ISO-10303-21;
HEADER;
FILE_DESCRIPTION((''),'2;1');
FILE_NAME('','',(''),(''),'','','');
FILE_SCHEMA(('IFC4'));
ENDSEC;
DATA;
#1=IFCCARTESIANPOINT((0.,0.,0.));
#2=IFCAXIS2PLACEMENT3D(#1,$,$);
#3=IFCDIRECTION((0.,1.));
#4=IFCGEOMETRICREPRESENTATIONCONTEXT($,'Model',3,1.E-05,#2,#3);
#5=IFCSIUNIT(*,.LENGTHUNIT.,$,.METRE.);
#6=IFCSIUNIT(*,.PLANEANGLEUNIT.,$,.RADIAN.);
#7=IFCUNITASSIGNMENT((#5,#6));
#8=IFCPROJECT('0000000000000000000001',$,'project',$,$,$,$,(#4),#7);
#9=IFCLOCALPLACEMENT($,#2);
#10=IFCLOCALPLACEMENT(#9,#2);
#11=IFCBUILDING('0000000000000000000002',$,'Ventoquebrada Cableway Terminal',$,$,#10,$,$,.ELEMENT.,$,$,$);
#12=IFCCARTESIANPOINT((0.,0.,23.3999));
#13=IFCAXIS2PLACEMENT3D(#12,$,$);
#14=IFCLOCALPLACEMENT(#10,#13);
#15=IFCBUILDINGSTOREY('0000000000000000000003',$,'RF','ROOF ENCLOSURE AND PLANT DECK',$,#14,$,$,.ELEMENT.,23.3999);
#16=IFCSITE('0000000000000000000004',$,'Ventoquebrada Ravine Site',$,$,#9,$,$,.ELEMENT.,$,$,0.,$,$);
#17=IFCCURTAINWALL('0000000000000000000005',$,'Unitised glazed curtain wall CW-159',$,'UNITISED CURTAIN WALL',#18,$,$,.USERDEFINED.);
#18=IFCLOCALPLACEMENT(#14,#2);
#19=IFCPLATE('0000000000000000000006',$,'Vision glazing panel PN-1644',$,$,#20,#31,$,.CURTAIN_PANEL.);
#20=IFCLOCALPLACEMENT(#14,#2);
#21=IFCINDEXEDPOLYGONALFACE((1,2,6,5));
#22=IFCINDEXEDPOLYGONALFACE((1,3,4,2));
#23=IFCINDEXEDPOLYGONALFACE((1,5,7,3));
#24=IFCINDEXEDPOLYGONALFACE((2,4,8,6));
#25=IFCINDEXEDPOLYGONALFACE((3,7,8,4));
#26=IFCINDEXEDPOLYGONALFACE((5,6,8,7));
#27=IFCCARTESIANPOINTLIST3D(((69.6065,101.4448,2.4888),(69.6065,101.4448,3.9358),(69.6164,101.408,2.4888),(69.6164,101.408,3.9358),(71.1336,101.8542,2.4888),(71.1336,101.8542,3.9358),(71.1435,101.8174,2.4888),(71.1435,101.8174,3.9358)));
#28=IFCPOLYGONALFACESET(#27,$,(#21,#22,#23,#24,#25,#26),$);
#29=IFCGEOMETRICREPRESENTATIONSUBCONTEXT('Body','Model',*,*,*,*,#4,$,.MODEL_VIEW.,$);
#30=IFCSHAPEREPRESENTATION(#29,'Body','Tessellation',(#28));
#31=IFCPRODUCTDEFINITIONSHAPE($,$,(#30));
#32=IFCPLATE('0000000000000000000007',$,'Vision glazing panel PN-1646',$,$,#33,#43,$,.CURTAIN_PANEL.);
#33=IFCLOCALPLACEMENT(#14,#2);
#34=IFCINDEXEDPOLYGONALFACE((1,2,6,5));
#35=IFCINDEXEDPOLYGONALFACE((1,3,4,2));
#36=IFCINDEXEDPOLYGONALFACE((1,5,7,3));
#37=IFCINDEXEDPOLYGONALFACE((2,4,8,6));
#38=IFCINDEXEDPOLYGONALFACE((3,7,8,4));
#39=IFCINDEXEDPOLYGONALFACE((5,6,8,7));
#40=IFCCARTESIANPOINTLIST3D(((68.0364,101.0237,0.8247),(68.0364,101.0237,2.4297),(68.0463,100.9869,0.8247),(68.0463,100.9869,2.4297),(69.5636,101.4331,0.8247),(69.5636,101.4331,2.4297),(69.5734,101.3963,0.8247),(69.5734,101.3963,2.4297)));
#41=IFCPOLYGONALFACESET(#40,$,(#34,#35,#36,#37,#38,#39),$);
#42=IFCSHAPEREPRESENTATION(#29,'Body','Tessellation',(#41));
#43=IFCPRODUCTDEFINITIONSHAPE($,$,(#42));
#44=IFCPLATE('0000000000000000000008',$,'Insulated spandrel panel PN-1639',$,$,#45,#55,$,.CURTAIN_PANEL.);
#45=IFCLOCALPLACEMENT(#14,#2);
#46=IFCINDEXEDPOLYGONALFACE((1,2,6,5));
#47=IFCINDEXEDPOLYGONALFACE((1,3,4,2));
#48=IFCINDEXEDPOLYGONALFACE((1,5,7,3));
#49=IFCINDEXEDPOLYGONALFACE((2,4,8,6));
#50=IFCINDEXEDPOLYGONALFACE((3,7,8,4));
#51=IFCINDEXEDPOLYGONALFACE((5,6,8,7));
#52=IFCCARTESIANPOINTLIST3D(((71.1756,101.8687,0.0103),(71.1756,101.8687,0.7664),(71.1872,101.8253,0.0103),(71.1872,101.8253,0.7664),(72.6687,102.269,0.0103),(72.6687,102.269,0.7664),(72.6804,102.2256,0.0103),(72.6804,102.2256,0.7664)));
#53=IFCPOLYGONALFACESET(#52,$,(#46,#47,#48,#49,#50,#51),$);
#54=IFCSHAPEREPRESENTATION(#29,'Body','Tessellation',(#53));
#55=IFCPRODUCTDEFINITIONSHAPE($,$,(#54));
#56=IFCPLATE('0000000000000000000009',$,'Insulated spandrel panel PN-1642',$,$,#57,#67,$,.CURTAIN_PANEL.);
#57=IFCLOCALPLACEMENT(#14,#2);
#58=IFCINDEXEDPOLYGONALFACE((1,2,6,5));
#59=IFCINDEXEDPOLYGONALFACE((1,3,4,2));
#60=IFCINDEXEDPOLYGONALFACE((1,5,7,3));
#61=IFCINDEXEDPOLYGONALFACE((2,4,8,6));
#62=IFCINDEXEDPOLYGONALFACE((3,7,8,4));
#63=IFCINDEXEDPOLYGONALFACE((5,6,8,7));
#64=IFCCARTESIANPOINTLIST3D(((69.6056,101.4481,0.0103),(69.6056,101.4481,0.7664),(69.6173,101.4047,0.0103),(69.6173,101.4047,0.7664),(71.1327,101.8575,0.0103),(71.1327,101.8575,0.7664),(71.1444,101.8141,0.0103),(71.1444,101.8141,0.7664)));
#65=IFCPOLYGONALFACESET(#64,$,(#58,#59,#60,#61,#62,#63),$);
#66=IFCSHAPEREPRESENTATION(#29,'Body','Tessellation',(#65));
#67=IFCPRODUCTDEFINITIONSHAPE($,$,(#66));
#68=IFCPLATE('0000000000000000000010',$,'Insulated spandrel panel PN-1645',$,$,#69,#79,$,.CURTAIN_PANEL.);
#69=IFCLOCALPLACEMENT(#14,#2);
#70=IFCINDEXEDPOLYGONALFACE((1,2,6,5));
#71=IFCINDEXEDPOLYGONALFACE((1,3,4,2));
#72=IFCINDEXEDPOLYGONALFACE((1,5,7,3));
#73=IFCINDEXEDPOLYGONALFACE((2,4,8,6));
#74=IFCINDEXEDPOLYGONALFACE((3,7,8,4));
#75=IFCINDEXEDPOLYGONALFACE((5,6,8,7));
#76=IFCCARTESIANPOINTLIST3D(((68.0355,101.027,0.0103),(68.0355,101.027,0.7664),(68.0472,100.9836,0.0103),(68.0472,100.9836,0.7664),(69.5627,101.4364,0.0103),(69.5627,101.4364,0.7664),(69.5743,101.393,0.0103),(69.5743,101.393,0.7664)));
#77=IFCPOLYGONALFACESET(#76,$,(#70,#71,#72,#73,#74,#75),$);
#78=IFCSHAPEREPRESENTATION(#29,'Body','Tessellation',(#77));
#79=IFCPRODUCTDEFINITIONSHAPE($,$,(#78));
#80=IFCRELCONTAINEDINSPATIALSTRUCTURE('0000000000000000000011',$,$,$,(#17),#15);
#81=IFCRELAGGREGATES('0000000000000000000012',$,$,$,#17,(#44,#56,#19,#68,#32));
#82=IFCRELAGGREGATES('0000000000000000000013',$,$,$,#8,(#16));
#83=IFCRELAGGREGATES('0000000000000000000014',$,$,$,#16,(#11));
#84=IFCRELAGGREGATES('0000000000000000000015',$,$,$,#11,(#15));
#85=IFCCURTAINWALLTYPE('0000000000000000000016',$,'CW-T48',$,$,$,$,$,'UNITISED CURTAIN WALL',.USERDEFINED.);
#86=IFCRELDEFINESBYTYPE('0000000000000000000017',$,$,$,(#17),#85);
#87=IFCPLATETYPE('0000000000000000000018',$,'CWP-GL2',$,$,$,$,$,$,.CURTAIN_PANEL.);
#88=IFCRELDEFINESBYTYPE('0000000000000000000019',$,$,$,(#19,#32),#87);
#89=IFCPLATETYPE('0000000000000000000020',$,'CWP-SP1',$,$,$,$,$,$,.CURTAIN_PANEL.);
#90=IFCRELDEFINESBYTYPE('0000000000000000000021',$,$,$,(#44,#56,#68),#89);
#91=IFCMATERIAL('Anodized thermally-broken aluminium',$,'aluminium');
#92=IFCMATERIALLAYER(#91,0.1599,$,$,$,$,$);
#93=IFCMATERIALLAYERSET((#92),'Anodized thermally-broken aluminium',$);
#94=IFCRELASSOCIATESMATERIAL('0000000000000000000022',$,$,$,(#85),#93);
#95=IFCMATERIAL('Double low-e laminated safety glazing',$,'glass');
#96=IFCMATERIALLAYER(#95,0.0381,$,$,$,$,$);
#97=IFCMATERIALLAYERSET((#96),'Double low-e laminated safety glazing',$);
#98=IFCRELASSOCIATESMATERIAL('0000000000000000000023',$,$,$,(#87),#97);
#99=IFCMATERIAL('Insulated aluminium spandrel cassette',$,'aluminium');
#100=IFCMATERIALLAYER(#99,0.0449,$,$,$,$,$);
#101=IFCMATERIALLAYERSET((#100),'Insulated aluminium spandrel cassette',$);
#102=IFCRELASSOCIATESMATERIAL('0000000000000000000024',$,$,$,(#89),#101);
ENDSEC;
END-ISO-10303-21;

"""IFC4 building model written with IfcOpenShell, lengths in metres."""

from ifc_helpers import new_model, si_unit, direction, frame, origin, origin_2d, place, context, subcontext, project, spatial, rectangle, extrude, material, layer, layer_set, type_object, element, aggregate, save


model = new_model("IFC4")

# Units and contexts
model_context = context("Model", 3, precision=1e-05, world=origin(), true_north=direction((0.0, 1.0)))
body_context = subcontext(model_context, "Body", "Model", "MODEL_VIEW")
ifc_project = project(units=[si_unit("LENGTHUNIT", "METRE"), si_unit("PLANEANGLEUNIT", "RADIAN")], contexts=[model_context])

# Site, building, storey
site_placement = place(None, origin())
site = spatial("IfcSite", under=ifc_project, at=site_placement, Name="Ventoquebrada Ravine Site", CompositionType="ELEMENT", RefElevation=0.0)
building_placement = place(site_placement, origin())
building = spatial("IfcBuilding", under=site, at=building_placement, Name="Ventoquebrada Cableway Terminal", CompositionType="ELEMENT")
storey_placement = place(building_placement, frame((0.0, 0.0, 23.3999)))
storey = spatial("IfcBuildingStorey", under=building, at=storey_placement, Name="RF", Description="ROOF ENCLOSURE AND PLANT DECK", CompositionType="ELEMENT", Elevation=23.3999)

# Curtain wall
ifc_material_1 = material(Name="Anodized thermally-broken aluminium", Category="aluminium")
ifc_layer_1 = layer(ifc_material_1, 0.1599)
ifc_layer_set_1 = layer_set([ifc_layer_1], Name="Anodized thermally-broken aluminium")
curtain_wall_type = type_object("IfcCurtainWallType", Name="CW-T48", ElementType="UNITISED CURTAIN WALL", PredefinedType="USERDEFINED", material=ifc_layer_set_1)
curtain_wall_1_placement = place(storey_placement, origin())
curtain_wall_1 = element("IfcCurtainWall", 1, at=curtain_wall_1_placement, inside=storey, type_object=curtain_wall_type, Name="Unitised glazed curtain wall CW-159", ObjectType="UNITISED CURTAIN WALL", PredefinedType="USERDEFINED")

# Plates
ifc_material_2 = material(Name="Double low-e laminated safety glazing", Category="glass")
ifc_layer_2 = layer(ifc_material_2, 0.0381)
ifc_layer_set_2 = layer_set([ifc_layer_2], Name="Double low-e laminated safety glazing")
plate_type_1 = type_object("IfcPlateType", Name="CWP-GL2", PredefinedType="CURTAIN_PANEL", material=ifc_layer_set_2)
plate_1_placement = place(storey_placement, frame((70.375, 101.6311, 2.4888), z_axis=(0.0, 0.0, 1.0), x_axis=(-0.965894, -0.258937, 0.0)))
plate_1 = element("IfcPlate", 2, at=plate_1_placement, type_object=plate_type_1, Name="Vision glazing panel PN-1644", PredefinedType="CURTAIN_PANEL", context=body_context, shape_type="SweptSolid", body=[
    extrude(rectangle(XDim=1.5811, YDim=0.0381, at=origin_2d()), origin(), (0.0, 0.0, 1.0), 1.447),
])
plate_2_placement = place(storey_placement, frame((68.8049, 101.21, 0.8247), z_axis=(0.0, 0.0, 1.0), x_axis=(-0.965894, -0.258937, 0.0)))
plate_2 = element("IfcPlate", 3, at=plate_2_placement, type_object=plate_type_1, Name="Vision glazing panel PN-1646", PredefinedType="CURTAIN_PANEL", context=body_context, shape_type="SweptSolid", body=[
    extrude(rectangle(XDim=1.5811, YDim=0.0381, at=origin_2d()), origin(), (0.0, 0.0, 1.0), 1.605),
])
ifc_material_3 = material(Name="Insulated aluminium spandrel cassette", Category="aluminium")
ifc_layer_3 = layer(ifc_material_3, 0.0449)
ifc_layer_set_3 = layer_set([ifc_layer_3], Name="Insulated aluminium spandrel cassette")
plate_type_2 = type_object("IfcPlateType", Name="CWP-SP1", PredefinedType="CURTAIN_PANEL", material=ifc_layer_set_3)
plate_3_placement = place(storey_placement, frame((71.928, 102.0471, 0.0103), z_axis=(0.0, 0.0, 1.0), x_axis=(-0.965894, -0.258937, 0.0)))
plate_3 = element("IfcPlate", 4, at=plate_3_placement, type_object=plate_type_2, Name="Insulated spandrel panel PN-1639", PredefinedType="CURTAIN_PANEL", context=body_context, shape_type="SweptSolid", body=[
    extrude(rectangle(XDim=1.5459, YDim=0.0449, at=origin_2d()), origin(), (0.0, 0.0, 1.0), 0.7561),
])
plate_4_placement = place(storey_placement, frame((70.375, 101.6311, 0.0103), z_axis=(0.0, 0.0, 1.0), x_axis=(-0.965894, -0.258937, 0.0)))
plate_4 = element("IfcPlate", 5, at=plate_4_placement, type_object=plate_type_2, Name="Insulated spandrel panel PN-1642", PredefinedType="CURTAIN_PANEL", context=body_context, shape_type="SweptSolid", body=[
    extrude(rectangle(XDim=1.5811, YDim=0.0449, at=origin_2d()), origin(), (0.0, 0.0, 1.0), 0.7561),
])
plate_5_placement = place(storey_placement, frame((68.8049, 101.21, 0.0103), z_axis=(0.0, 0.0, 1.0), x_axis=(-0.965894, -0.258937, 0.0)))
plate_5 = element("IfcPlate", 6, at=plate_5_placement, type_object=plate_type_2, Name="Insulated spandrel panel PN-1645", PredefinedType="CURTAIN_PANEL", context=body_context, shape_type="SweptSolid", body=[
    extrude(rectangle(XDim=1.5811, YDim=0.0449, at=origin_2d()), origin(), (0.0, 0.0, 1.0), 0.7561),
])
aggregate(curtain_wall_1, [plate_3, plate_4, plate_1, plate_5, plate_2])

save(model, "model.ifc")
